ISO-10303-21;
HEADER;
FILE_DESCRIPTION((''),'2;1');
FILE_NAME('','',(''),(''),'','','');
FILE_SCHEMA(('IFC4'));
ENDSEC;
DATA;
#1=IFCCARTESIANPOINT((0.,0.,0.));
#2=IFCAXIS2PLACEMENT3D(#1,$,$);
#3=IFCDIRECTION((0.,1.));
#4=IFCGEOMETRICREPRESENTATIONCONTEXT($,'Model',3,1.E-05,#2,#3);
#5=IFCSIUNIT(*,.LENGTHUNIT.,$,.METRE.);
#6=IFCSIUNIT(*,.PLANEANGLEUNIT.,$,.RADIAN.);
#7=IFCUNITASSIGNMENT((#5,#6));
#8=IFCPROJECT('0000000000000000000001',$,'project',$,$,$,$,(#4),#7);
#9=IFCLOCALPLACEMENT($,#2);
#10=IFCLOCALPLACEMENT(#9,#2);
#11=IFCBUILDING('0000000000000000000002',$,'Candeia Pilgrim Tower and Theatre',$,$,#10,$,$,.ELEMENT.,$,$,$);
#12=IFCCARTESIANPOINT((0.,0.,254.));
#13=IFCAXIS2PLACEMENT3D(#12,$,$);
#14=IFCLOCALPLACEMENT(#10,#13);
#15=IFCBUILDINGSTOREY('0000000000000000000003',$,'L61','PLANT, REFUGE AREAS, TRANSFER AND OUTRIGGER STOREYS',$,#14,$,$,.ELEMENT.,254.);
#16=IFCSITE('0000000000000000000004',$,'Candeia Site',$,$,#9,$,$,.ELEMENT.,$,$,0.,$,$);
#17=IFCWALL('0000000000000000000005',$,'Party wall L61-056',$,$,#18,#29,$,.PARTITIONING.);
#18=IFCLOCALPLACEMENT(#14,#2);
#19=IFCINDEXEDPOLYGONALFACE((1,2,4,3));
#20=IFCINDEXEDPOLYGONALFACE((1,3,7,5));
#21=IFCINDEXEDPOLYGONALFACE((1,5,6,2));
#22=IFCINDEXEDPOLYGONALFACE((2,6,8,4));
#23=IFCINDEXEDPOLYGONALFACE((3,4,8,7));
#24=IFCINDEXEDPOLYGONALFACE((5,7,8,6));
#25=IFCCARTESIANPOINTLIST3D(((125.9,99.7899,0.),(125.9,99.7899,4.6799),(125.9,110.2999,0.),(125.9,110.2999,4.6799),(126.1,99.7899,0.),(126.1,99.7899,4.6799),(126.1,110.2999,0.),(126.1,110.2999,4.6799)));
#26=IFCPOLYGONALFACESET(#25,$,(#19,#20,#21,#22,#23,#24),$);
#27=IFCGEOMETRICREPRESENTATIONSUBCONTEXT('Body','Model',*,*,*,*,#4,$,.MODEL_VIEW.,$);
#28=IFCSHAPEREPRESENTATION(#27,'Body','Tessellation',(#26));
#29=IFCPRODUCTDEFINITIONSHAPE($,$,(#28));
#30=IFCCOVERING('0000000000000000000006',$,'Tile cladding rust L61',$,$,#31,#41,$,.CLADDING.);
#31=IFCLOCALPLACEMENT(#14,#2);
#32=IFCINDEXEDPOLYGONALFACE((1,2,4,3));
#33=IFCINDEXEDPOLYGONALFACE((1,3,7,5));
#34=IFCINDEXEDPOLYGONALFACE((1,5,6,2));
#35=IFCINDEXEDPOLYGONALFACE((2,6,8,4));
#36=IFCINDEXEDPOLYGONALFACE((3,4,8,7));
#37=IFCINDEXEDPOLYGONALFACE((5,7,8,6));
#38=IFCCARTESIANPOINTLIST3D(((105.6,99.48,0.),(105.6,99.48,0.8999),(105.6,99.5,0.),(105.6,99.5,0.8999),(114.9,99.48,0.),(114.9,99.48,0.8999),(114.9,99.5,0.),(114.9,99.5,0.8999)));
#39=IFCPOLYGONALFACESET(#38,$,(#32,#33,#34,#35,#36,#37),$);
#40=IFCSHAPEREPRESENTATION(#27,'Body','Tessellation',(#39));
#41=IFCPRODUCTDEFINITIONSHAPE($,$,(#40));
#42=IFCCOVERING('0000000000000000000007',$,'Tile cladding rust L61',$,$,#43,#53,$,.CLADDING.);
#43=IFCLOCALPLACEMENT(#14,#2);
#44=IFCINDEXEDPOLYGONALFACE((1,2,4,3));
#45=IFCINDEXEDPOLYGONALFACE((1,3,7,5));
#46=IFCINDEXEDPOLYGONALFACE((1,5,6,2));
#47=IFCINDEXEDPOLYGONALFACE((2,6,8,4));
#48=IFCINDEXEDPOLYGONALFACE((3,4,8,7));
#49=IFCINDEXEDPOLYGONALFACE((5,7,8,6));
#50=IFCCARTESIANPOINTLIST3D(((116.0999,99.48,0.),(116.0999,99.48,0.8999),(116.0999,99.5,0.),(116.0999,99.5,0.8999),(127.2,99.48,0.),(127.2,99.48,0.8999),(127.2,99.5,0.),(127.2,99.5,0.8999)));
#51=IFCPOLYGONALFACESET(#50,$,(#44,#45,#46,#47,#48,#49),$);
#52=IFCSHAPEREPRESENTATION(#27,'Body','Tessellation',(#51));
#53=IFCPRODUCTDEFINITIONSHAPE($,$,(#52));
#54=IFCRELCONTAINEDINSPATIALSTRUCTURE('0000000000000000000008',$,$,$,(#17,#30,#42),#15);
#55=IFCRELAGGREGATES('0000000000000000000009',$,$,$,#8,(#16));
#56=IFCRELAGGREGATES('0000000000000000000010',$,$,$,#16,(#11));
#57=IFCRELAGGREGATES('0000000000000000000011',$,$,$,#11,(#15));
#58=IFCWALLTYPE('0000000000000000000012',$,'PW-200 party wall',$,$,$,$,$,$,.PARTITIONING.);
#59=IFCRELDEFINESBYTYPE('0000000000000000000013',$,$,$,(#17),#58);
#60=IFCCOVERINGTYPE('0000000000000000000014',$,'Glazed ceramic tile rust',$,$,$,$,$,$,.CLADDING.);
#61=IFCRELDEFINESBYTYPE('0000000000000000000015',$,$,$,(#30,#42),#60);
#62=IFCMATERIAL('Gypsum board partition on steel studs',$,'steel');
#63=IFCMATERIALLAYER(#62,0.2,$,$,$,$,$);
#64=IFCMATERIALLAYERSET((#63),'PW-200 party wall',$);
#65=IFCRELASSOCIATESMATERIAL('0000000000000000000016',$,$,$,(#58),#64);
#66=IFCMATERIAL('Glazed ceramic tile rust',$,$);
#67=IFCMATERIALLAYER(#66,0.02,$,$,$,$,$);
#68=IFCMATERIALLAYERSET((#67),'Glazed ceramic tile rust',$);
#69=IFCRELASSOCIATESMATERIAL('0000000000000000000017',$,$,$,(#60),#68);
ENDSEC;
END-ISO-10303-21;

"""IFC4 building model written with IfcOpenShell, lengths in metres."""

from ifc_helpers import new_model, si_unit, direction, frame, frame_2d, origin, origin_2d, place, context, subcontext, project, spatial, rectangle, extrude, material, layer, layer_set, type_object, element, save


model = new_model("IFC4")

# Units and contexts
model_context = context("Model", 3, precision=1e-05, world=origin(), true_north=direction((0.0, 1.0)))
body_context = subcontext(model_context, "Body", "Model", "MODEL_VIEW")
ifc_project = project(units=[si_unit("LENGTHUNIT", "METRE"), si_unit("PLANEANGLEUNIT", "RADIAN")], contexts=[model_context])

# Site, building, storey
site_placement = place(None, origin())
site = spatial("IfcSite", under=ifc_project, at=site_placement, Name="Candeia Site", CompositionType="ELEMENT", RefElevation=0.0)
building_placement = place(site_placement, origin())
building = spatial("IfcBuilding", under=site, at=building_placement, Name="Candeia Pilgrim Tower and Theatre", CompositionType="ELEMENT")
storey_placement = place(building_placement, frame((0.0, 0.0, 254.0)))
storey = spatial("IfcBuildingStorey", under=building, at=storey_placement, Name="L61", Description="PLANT, REFUGE AREAS, TRANSFER AND OUTRIGGER STOREYS", CompositionType="ELEMENT", Elevation=254.0)

# Wall
ifc_material_1 = material(Name="Gypsum board partition on steel studs", Category="steel")
ifc_layer_1 = layer(ifc_material_1, 0.2)
ifc_layer_set_1 = layer_set([ifc_layer_1], Name="PW-200 party wall")
wall_type = type_object("IfcWallType", Name="PW-200 party wall", PredefinedType="PARTITIONING", material=ifc_layer_set_1)
wall_placement = place(storey_placement, frame((126.0, 99.79, 0.0), z_axis=(0.0, 0.0, 1.0), x_axis=(0.0, 1.0, 0.0)))
element("IfcWall", 1, at=wall_placement, inside=storey, type_object=wall_type, Name="Party wall L61-056", PredefinedType="PARTITIONING", context=body_context, shape_type="SweptSolid", body=[
    extrude(rectangle(XDim=10.51, YDim=0.2, at=frame_2d((5.2549, 0.0))), origin(), (0.0, 0.0, 1.0), 4.6799),
])

# Coverings
ifc_material_2 = material(Name="Glazed ceramic tile rust")
ifc_layer_2 = layer(ifc_material_2, 0.02)
ifc_layer_set_2 = layer_set([ifc_layer_2], Name="Glazed ceramic tile rust")
covering_type = type_object("IfcCoveringType", Name="Glazed ceramic tile rust", PredefinedType="CLADDING", material=ifc_layer_set_2)
covering_1_placement = place(storey_placement, frame((110.25, 99.49, 0.0), z_axis=(0.0, 0.0, 1.0), x_axis=(1.0, 0.0, 0.0)))
element("IfcCovering", 2, at=covering_1_placement, inside=storey, type_object=covering_type, Name="Tile cladding rust L61", PredefinedType="CLADDING", context=body_context, shape_type="SweptSolid", body=[
    extrude(rectangle(XDim=9.3, YDim=0.02, at=origin_2d()), origin(), (0.0, 0.0, 1.0), 0.8999),
])
covering_2_placement = place(storey_placement, frame((121.6499, 99.49, 0.0), z_axis=(0.0, 0.0, 1.0), x_axis=(1.0, 0.0, 0.0)))
element("IfcCovering", 3, at=covering_2_placement, inside=storey, type_object=covering_type, Name="Tile cladding rust L61", PredefinedType="CLADDING", context=body_context, shape_type="SweptSolid", body=[
    extrude(rectangle(XDim=11.1001, YDim=0.02, at=origin_2d()), origin(), (0.0, 0.0, 1.0), 0.8999),
])

save(model, "model.ifc")
